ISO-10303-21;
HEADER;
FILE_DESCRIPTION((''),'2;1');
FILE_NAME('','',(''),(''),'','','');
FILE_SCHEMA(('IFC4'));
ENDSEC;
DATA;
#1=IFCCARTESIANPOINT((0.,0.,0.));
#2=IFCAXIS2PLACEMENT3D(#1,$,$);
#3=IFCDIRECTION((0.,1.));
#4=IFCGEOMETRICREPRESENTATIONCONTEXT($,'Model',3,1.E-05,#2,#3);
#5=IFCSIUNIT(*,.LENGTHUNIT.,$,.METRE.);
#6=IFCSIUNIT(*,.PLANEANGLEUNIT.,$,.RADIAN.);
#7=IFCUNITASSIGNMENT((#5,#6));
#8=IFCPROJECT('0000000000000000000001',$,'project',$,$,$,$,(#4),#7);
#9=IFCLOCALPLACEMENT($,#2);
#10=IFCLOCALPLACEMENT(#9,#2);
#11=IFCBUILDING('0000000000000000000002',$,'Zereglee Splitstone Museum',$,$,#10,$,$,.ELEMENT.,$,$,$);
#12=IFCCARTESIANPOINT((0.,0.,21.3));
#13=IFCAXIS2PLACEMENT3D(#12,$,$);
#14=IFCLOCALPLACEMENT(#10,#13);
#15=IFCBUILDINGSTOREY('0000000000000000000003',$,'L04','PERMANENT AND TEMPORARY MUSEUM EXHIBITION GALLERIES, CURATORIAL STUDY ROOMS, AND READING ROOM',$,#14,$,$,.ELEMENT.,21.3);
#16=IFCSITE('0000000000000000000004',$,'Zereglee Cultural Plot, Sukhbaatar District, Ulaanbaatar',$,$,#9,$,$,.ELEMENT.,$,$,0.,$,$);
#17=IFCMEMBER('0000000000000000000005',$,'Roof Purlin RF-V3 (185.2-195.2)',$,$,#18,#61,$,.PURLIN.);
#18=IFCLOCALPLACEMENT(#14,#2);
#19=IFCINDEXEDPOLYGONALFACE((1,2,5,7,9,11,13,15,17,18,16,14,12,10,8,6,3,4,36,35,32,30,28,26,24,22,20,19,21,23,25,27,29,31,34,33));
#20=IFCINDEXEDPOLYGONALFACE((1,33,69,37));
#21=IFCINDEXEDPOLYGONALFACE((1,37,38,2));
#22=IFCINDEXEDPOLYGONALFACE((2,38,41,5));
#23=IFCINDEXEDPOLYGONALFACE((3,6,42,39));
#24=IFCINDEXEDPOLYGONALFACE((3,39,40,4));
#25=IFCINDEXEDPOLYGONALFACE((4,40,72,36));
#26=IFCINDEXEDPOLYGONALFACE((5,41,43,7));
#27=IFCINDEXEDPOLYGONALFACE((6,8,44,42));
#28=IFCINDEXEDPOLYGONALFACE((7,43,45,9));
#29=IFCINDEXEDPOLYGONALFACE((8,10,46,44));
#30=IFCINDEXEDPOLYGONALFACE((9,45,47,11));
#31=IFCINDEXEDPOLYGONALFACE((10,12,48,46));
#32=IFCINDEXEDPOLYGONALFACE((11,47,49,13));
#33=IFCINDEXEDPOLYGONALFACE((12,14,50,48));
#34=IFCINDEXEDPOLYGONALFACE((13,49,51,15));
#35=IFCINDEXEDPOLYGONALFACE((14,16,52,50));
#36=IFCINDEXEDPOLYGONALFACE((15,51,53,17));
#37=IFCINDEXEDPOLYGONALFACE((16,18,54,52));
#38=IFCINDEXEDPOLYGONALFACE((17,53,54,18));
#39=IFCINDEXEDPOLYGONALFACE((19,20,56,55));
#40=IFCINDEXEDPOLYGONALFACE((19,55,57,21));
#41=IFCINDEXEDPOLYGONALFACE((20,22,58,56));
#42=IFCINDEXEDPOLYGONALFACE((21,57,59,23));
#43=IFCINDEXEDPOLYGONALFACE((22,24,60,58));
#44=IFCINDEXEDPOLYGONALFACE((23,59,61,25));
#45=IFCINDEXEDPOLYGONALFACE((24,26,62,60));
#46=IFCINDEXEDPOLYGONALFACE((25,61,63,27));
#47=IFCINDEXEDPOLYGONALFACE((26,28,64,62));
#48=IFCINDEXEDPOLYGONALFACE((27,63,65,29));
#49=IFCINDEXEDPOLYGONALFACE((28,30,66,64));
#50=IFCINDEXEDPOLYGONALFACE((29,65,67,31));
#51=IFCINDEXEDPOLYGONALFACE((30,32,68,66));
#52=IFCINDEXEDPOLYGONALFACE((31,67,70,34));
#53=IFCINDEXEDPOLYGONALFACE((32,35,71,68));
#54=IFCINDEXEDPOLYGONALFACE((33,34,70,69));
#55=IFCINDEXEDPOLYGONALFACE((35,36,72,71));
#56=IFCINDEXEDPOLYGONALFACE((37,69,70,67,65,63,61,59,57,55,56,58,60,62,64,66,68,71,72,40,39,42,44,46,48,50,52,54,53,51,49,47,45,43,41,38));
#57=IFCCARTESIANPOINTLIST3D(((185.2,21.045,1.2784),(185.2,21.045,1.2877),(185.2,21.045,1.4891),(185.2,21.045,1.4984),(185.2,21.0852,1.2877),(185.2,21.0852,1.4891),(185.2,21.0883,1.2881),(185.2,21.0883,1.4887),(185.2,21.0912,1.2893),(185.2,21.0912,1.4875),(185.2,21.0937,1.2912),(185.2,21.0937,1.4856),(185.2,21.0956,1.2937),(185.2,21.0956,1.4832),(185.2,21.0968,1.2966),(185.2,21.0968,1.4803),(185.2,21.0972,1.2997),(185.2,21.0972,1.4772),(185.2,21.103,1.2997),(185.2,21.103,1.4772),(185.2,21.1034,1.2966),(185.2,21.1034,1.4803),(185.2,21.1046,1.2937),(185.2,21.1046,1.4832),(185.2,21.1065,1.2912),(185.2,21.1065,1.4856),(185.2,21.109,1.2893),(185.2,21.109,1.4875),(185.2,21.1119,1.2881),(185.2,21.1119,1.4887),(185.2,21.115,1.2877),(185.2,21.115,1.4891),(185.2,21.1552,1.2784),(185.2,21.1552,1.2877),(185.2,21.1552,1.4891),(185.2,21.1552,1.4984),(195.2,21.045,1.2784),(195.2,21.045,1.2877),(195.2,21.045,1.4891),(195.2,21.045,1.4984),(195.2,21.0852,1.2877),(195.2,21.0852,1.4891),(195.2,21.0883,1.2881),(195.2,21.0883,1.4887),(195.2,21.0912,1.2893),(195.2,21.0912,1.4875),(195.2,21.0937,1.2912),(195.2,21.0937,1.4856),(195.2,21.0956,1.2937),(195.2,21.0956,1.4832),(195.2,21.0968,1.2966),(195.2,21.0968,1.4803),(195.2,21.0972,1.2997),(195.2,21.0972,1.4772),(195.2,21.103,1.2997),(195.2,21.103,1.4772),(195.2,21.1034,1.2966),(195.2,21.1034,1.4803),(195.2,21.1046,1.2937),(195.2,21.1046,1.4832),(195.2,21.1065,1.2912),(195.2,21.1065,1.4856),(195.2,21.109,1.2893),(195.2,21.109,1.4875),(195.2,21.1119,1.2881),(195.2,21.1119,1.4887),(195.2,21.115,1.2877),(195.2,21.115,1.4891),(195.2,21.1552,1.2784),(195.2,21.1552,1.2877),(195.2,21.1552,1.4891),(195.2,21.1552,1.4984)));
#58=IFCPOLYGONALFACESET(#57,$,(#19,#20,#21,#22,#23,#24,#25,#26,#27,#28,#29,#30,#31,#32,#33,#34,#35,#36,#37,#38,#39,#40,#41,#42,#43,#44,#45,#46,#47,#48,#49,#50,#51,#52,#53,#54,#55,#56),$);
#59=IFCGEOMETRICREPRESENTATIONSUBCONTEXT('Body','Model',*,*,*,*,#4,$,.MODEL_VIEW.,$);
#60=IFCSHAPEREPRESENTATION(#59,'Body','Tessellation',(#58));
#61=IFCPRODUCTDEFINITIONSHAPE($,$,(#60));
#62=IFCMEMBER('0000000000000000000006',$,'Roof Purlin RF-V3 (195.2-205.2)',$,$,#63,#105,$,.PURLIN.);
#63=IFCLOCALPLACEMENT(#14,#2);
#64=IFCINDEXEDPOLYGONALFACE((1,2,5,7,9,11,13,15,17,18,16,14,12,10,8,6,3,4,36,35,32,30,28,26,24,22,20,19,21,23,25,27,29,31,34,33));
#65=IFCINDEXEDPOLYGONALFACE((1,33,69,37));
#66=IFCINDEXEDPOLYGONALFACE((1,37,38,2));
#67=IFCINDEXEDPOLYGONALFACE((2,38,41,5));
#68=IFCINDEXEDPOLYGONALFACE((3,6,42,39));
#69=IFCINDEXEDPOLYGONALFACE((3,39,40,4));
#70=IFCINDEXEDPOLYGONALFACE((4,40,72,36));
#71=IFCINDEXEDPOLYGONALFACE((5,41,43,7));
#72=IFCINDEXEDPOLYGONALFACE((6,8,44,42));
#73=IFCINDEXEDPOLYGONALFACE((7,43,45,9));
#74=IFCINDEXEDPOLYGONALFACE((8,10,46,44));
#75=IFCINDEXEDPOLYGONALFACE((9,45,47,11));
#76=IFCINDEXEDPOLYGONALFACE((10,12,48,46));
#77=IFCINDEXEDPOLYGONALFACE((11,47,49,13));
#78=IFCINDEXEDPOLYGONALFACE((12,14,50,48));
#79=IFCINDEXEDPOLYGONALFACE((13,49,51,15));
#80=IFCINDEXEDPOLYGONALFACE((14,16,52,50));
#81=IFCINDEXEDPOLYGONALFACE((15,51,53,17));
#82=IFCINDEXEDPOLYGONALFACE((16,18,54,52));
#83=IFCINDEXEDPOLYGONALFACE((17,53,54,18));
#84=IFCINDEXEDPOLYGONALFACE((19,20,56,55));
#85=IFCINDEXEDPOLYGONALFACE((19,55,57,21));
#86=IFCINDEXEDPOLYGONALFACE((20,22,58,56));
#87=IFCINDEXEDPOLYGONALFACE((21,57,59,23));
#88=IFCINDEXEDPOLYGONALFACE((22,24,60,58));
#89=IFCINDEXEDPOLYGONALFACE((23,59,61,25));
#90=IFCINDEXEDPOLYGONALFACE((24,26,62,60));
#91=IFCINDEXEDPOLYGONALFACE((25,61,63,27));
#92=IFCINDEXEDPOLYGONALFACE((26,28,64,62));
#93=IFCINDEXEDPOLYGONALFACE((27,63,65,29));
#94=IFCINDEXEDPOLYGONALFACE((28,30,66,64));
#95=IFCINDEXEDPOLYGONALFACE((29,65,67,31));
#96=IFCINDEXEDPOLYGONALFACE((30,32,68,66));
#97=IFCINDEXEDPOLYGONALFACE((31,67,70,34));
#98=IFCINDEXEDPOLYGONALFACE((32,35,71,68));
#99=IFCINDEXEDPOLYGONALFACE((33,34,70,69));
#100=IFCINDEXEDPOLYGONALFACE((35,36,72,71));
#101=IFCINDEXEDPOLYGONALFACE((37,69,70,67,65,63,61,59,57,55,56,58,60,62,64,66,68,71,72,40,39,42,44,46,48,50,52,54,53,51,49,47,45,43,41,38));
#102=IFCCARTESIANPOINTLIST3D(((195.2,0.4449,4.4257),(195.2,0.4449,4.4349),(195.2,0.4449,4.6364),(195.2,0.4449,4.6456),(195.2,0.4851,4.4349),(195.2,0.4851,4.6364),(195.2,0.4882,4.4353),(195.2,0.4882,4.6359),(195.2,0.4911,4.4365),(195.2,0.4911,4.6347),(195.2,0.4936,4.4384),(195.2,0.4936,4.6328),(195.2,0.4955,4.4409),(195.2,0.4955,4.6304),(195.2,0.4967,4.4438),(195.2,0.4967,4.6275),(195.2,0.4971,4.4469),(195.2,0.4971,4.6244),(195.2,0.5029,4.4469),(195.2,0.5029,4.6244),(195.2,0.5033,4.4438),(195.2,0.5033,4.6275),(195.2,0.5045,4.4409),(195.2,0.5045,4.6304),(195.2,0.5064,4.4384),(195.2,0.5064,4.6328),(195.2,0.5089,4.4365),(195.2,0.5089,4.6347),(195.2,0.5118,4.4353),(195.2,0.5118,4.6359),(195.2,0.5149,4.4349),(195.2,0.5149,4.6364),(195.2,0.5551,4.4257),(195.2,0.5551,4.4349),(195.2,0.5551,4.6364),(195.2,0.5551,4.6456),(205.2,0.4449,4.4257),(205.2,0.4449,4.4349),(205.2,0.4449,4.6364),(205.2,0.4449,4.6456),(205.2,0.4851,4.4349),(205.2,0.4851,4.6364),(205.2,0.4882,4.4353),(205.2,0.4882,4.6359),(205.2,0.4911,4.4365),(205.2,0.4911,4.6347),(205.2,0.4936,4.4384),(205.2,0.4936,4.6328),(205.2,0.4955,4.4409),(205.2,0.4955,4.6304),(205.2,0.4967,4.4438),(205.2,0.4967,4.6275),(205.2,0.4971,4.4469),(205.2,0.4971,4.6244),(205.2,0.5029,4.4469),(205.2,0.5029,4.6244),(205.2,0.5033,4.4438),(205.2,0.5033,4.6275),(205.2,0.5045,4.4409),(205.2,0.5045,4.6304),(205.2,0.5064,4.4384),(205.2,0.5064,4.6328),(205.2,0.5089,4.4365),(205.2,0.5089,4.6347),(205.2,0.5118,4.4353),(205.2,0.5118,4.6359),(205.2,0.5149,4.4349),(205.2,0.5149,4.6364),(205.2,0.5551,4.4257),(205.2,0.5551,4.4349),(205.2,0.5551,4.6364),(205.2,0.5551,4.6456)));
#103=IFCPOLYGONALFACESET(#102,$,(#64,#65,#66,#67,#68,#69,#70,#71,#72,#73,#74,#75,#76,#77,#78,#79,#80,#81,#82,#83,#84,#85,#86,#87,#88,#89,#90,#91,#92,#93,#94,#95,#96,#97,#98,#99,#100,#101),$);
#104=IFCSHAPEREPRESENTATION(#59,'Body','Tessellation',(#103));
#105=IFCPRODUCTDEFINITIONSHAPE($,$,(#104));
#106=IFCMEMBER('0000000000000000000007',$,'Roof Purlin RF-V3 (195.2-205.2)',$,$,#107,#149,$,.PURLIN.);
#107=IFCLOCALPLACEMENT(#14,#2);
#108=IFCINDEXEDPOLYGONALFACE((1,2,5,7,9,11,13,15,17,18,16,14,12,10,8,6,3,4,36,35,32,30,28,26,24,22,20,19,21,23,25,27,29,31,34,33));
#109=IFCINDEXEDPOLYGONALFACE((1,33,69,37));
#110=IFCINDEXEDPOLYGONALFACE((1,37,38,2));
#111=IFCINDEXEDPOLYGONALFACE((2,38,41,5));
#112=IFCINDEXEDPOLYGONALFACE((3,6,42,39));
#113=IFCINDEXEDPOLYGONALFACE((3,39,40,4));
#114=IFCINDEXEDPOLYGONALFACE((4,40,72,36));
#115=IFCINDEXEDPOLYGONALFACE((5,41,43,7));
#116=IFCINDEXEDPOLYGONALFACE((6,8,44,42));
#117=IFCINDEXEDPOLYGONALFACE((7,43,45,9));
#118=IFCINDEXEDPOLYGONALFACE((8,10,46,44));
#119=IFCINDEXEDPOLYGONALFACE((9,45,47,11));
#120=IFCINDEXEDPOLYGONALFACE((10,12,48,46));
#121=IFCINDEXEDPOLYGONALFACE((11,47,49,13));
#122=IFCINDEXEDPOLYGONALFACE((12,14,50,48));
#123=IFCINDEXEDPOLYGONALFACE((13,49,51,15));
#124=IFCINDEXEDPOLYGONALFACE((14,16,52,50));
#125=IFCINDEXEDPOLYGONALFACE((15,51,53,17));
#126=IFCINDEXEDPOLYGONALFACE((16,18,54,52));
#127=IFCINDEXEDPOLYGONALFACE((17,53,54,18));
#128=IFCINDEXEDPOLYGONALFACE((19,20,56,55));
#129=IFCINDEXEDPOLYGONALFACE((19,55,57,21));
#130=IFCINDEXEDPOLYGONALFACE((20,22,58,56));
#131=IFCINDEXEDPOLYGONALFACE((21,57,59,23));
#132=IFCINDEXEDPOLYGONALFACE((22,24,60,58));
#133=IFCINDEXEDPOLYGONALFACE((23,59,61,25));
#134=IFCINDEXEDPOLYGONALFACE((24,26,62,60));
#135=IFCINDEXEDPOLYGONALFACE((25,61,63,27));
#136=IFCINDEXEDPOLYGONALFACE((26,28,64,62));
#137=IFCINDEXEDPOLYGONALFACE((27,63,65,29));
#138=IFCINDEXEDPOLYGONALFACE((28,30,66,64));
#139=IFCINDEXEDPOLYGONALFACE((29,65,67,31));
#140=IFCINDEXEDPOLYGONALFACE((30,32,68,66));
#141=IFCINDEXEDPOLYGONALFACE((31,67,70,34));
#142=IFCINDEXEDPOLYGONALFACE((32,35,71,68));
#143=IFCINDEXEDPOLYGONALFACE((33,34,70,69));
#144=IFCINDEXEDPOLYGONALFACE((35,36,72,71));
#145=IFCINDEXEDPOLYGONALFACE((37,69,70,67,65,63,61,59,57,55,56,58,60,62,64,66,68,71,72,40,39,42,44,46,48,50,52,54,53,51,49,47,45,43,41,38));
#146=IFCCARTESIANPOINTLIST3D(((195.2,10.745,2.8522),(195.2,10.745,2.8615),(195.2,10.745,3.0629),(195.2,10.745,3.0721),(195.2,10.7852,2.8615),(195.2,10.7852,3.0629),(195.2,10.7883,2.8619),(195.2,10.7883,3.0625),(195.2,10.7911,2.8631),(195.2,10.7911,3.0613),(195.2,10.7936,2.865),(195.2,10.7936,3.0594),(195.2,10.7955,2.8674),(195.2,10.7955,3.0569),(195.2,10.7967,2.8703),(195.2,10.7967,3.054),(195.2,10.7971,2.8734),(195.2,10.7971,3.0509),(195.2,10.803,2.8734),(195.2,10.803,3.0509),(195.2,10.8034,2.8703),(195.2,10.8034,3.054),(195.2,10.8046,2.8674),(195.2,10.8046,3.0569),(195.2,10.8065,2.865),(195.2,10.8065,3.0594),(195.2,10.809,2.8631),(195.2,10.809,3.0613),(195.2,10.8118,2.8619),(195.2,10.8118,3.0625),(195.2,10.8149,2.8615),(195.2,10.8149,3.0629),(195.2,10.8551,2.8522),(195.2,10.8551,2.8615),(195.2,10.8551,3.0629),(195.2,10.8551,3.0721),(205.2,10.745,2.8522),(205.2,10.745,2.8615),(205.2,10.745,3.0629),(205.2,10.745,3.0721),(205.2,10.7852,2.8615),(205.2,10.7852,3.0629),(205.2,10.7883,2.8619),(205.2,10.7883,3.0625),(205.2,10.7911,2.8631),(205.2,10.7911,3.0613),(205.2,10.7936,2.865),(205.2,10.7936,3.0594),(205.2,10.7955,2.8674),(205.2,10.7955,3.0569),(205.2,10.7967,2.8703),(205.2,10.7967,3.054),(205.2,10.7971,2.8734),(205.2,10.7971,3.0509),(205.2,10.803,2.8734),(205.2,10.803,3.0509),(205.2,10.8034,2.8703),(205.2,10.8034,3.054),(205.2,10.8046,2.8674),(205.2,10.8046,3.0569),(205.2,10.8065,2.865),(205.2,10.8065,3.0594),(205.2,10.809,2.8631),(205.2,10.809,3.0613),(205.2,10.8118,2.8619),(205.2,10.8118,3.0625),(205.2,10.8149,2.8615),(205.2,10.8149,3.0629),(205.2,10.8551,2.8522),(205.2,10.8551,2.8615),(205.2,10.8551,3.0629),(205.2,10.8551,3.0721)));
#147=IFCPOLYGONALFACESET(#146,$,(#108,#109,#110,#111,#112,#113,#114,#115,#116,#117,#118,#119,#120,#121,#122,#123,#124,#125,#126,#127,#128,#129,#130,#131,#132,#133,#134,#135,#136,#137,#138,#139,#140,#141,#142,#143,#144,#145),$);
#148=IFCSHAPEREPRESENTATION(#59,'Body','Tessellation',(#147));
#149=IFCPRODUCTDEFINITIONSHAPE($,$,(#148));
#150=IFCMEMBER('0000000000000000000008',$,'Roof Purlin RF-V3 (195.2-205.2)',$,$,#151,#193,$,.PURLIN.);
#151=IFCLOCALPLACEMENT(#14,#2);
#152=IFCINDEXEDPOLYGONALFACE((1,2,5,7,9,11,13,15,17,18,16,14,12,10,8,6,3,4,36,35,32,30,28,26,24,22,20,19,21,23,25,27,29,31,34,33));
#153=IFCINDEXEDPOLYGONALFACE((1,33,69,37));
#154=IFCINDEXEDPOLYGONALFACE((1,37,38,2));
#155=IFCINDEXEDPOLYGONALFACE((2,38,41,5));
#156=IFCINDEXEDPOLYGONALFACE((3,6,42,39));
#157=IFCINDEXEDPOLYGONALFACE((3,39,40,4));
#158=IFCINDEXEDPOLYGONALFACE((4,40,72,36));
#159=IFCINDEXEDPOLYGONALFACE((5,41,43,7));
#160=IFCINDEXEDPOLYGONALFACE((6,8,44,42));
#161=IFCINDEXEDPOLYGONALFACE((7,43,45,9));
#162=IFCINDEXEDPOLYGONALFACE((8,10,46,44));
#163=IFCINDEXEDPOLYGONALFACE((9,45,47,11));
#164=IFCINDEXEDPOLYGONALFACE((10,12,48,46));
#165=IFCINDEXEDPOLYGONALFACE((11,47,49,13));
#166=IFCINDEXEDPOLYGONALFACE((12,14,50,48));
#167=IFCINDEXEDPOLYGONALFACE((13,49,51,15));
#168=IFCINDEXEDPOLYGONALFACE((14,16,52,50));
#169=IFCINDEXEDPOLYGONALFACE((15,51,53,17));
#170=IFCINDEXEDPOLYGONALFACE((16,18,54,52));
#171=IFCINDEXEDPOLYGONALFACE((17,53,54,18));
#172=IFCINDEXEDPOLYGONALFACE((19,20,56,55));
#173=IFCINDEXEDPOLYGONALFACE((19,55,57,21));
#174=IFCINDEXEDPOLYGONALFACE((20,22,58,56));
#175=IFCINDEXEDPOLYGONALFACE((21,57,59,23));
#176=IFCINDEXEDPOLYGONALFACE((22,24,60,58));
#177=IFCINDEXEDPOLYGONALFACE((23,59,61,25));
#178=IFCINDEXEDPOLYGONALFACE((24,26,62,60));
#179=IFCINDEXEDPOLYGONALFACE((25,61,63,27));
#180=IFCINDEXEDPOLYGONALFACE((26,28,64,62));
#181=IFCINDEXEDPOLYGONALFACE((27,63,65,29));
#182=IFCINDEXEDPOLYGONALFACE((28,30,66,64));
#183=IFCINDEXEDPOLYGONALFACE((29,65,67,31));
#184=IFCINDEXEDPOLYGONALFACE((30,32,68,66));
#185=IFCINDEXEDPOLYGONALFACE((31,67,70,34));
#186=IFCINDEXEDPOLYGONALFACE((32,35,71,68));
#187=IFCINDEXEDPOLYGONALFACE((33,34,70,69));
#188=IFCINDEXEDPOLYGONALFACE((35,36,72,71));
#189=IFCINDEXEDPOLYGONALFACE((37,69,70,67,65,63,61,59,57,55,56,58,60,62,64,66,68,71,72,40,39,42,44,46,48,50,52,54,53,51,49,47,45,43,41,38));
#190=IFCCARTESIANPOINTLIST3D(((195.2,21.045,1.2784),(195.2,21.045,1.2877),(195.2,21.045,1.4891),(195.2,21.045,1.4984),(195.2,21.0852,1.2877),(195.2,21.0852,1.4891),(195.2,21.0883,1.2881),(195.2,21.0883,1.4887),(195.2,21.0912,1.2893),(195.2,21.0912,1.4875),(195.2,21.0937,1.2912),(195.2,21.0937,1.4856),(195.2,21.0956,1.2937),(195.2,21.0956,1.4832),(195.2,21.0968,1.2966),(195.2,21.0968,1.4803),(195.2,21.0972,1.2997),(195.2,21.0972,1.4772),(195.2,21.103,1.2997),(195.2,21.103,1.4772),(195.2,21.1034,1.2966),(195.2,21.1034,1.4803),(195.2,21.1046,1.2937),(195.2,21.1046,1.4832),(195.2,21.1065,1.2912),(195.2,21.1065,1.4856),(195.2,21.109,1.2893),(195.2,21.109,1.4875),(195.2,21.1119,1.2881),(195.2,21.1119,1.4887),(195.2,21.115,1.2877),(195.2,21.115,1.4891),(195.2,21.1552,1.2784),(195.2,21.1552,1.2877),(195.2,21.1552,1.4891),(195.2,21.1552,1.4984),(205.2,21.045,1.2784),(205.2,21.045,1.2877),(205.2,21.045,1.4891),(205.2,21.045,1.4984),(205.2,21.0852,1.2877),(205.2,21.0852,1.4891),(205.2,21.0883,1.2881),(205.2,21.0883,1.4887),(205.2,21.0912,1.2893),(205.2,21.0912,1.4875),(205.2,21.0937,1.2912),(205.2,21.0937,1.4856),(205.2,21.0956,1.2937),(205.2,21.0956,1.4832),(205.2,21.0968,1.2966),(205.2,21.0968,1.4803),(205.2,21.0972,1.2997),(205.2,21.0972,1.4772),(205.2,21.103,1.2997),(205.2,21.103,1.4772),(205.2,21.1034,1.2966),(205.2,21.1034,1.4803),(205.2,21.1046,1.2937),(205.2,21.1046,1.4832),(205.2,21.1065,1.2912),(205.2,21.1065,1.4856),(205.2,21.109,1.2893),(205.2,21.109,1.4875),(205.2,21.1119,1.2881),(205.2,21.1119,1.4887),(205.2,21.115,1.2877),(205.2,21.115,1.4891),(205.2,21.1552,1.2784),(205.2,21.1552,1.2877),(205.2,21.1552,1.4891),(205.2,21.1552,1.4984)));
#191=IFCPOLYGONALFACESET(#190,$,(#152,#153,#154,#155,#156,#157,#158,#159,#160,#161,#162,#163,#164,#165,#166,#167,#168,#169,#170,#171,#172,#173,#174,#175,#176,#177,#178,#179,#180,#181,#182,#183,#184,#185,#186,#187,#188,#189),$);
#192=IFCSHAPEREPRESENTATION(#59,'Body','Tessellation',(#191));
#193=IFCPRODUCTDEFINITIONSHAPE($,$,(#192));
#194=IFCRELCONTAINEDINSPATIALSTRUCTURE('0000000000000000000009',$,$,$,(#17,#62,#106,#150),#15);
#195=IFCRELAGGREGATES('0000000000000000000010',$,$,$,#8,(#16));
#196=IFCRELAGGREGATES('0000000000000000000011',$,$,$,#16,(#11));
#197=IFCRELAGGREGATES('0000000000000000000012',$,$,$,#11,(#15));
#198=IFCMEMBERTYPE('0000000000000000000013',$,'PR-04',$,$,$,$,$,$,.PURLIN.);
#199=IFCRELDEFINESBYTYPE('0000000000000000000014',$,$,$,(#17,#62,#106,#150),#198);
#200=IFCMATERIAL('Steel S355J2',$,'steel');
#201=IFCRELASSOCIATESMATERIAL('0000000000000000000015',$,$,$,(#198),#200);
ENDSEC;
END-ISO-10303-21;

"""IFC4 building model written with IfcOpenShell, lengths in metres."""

from ifc_helpers import new_model, si_unit, direction, frame, origin, origin_2d, place, context, subcontext, project, spatial, i_section, extrude, material, material_profile, profile_set, type_object, element, save


model = new_model("IFC4")

# Units and contexts
model_context = context("Model", 3, precision=1e-05, world=origin(), true_north=direction((0.0, 1.0)))
body_context = subcontext(model_context, "Body", "Model", "MODEL_VIEW")
ifc_project = project(units=[si_unit("LENGTHUNIT", "METRE"), si_unit("PLANEANGLEUNIT", "RADIAN")], contexts=[model_context])

# Site, building, storey
site_placement = place(None, origin())
site = spatial("IfcSite", under=ifc_project, at=site_placement, Name="Zereglee Cultural Plot, Sukhbaatar District, Ulaanbaatar", CompositionType="ELEMENT", RefElevation=0.0)
building_placement = place(site_placement, origin())
building = spatial("IfcBuilding", under=site, at=building_placement, Name="Zereglee Splitstone Museum", CompositionType="ELEMENT")
storey_placement = place(building_placement, frame((0.0, 0.0, 21.3)))
storey = spatial("IfcBuildingStorey", under=building, at=storey_placement, Name="L04", Description="PERMANENT AND TEMPORARY MUSEUM EXHIBITION GALLERIES, CURATORIAL STUDY ROOMS, AND READING ROOM", CompositionType="ELEMENT", Elevation=21.3)

# Shared definitions
ifc_material_1 = material(Name="Steel S355J2", Category="steel")

# Members
ifc_material_profile_1 = material_profile(ifc_material_1, i_section(OverallWidth=0.1101, OverallDepth=0.22, WebThickness=0.0059, FlangeThickness=0.0093, FilletRadius=0.012, at=origin_2d()), Name="IPE 220")
ifc_profile_set_1 = profile_set([ifc_material_profile_1], Name="Steel S355J2")
member_type_1 = type_object("IfcMemberType", Name="PR-04", PredefinedType="PURLIN", material=ifc_profile_set_1)
for number, where, z_axis, x_axis, name in (
    (1, (185.2, 21.1001, 1.3884), (1.0, 0.0, 0.0), (0.0, 1.0, 0.0), "Roof Purlin RF-V3 (185.2-195.2)"),
    (2, (195.2, 0.5, 4.5356), (1.0, 0.0, 0.0), (0.0, 1.0, 0.0), "Roof Purlin RF-V3 (195.2-205.2)"),
    (3, (195.2, 10.8, 2.9622), (1.0, 0.0, 0.0), (0.0, 1.0, 0.0), "Roof Purlin RF-V3 (195.2-205.2)"),
    (4, (195.2, 21.1001, 1.3884), (1.0, 0.0, 0.0), (0.0, 1.0, 0.0), "Roof Purlin RF-V3 (195.2-205.2)"),
):
    element("IfcMember", number, at=place(storey_placement, frame(where, z_axis=z_axis, x_axis=x_axis)), inside=storey, type_object=member_type_1, Name=name, PredefinedType="PURLIN", context=body_context, shape_type="SweptSolid", body=[
        extrude(i_section(OverallWidth=0.1101, OverallDepth=0.22, WebThickness=0.0059, FlangeThickness=0.0093, FilletRadius=0.012, at=origin_2d()), origin(), (0.0, 0.0, 1.0), 10.0),
    ])

save(model, "model.ifc")
